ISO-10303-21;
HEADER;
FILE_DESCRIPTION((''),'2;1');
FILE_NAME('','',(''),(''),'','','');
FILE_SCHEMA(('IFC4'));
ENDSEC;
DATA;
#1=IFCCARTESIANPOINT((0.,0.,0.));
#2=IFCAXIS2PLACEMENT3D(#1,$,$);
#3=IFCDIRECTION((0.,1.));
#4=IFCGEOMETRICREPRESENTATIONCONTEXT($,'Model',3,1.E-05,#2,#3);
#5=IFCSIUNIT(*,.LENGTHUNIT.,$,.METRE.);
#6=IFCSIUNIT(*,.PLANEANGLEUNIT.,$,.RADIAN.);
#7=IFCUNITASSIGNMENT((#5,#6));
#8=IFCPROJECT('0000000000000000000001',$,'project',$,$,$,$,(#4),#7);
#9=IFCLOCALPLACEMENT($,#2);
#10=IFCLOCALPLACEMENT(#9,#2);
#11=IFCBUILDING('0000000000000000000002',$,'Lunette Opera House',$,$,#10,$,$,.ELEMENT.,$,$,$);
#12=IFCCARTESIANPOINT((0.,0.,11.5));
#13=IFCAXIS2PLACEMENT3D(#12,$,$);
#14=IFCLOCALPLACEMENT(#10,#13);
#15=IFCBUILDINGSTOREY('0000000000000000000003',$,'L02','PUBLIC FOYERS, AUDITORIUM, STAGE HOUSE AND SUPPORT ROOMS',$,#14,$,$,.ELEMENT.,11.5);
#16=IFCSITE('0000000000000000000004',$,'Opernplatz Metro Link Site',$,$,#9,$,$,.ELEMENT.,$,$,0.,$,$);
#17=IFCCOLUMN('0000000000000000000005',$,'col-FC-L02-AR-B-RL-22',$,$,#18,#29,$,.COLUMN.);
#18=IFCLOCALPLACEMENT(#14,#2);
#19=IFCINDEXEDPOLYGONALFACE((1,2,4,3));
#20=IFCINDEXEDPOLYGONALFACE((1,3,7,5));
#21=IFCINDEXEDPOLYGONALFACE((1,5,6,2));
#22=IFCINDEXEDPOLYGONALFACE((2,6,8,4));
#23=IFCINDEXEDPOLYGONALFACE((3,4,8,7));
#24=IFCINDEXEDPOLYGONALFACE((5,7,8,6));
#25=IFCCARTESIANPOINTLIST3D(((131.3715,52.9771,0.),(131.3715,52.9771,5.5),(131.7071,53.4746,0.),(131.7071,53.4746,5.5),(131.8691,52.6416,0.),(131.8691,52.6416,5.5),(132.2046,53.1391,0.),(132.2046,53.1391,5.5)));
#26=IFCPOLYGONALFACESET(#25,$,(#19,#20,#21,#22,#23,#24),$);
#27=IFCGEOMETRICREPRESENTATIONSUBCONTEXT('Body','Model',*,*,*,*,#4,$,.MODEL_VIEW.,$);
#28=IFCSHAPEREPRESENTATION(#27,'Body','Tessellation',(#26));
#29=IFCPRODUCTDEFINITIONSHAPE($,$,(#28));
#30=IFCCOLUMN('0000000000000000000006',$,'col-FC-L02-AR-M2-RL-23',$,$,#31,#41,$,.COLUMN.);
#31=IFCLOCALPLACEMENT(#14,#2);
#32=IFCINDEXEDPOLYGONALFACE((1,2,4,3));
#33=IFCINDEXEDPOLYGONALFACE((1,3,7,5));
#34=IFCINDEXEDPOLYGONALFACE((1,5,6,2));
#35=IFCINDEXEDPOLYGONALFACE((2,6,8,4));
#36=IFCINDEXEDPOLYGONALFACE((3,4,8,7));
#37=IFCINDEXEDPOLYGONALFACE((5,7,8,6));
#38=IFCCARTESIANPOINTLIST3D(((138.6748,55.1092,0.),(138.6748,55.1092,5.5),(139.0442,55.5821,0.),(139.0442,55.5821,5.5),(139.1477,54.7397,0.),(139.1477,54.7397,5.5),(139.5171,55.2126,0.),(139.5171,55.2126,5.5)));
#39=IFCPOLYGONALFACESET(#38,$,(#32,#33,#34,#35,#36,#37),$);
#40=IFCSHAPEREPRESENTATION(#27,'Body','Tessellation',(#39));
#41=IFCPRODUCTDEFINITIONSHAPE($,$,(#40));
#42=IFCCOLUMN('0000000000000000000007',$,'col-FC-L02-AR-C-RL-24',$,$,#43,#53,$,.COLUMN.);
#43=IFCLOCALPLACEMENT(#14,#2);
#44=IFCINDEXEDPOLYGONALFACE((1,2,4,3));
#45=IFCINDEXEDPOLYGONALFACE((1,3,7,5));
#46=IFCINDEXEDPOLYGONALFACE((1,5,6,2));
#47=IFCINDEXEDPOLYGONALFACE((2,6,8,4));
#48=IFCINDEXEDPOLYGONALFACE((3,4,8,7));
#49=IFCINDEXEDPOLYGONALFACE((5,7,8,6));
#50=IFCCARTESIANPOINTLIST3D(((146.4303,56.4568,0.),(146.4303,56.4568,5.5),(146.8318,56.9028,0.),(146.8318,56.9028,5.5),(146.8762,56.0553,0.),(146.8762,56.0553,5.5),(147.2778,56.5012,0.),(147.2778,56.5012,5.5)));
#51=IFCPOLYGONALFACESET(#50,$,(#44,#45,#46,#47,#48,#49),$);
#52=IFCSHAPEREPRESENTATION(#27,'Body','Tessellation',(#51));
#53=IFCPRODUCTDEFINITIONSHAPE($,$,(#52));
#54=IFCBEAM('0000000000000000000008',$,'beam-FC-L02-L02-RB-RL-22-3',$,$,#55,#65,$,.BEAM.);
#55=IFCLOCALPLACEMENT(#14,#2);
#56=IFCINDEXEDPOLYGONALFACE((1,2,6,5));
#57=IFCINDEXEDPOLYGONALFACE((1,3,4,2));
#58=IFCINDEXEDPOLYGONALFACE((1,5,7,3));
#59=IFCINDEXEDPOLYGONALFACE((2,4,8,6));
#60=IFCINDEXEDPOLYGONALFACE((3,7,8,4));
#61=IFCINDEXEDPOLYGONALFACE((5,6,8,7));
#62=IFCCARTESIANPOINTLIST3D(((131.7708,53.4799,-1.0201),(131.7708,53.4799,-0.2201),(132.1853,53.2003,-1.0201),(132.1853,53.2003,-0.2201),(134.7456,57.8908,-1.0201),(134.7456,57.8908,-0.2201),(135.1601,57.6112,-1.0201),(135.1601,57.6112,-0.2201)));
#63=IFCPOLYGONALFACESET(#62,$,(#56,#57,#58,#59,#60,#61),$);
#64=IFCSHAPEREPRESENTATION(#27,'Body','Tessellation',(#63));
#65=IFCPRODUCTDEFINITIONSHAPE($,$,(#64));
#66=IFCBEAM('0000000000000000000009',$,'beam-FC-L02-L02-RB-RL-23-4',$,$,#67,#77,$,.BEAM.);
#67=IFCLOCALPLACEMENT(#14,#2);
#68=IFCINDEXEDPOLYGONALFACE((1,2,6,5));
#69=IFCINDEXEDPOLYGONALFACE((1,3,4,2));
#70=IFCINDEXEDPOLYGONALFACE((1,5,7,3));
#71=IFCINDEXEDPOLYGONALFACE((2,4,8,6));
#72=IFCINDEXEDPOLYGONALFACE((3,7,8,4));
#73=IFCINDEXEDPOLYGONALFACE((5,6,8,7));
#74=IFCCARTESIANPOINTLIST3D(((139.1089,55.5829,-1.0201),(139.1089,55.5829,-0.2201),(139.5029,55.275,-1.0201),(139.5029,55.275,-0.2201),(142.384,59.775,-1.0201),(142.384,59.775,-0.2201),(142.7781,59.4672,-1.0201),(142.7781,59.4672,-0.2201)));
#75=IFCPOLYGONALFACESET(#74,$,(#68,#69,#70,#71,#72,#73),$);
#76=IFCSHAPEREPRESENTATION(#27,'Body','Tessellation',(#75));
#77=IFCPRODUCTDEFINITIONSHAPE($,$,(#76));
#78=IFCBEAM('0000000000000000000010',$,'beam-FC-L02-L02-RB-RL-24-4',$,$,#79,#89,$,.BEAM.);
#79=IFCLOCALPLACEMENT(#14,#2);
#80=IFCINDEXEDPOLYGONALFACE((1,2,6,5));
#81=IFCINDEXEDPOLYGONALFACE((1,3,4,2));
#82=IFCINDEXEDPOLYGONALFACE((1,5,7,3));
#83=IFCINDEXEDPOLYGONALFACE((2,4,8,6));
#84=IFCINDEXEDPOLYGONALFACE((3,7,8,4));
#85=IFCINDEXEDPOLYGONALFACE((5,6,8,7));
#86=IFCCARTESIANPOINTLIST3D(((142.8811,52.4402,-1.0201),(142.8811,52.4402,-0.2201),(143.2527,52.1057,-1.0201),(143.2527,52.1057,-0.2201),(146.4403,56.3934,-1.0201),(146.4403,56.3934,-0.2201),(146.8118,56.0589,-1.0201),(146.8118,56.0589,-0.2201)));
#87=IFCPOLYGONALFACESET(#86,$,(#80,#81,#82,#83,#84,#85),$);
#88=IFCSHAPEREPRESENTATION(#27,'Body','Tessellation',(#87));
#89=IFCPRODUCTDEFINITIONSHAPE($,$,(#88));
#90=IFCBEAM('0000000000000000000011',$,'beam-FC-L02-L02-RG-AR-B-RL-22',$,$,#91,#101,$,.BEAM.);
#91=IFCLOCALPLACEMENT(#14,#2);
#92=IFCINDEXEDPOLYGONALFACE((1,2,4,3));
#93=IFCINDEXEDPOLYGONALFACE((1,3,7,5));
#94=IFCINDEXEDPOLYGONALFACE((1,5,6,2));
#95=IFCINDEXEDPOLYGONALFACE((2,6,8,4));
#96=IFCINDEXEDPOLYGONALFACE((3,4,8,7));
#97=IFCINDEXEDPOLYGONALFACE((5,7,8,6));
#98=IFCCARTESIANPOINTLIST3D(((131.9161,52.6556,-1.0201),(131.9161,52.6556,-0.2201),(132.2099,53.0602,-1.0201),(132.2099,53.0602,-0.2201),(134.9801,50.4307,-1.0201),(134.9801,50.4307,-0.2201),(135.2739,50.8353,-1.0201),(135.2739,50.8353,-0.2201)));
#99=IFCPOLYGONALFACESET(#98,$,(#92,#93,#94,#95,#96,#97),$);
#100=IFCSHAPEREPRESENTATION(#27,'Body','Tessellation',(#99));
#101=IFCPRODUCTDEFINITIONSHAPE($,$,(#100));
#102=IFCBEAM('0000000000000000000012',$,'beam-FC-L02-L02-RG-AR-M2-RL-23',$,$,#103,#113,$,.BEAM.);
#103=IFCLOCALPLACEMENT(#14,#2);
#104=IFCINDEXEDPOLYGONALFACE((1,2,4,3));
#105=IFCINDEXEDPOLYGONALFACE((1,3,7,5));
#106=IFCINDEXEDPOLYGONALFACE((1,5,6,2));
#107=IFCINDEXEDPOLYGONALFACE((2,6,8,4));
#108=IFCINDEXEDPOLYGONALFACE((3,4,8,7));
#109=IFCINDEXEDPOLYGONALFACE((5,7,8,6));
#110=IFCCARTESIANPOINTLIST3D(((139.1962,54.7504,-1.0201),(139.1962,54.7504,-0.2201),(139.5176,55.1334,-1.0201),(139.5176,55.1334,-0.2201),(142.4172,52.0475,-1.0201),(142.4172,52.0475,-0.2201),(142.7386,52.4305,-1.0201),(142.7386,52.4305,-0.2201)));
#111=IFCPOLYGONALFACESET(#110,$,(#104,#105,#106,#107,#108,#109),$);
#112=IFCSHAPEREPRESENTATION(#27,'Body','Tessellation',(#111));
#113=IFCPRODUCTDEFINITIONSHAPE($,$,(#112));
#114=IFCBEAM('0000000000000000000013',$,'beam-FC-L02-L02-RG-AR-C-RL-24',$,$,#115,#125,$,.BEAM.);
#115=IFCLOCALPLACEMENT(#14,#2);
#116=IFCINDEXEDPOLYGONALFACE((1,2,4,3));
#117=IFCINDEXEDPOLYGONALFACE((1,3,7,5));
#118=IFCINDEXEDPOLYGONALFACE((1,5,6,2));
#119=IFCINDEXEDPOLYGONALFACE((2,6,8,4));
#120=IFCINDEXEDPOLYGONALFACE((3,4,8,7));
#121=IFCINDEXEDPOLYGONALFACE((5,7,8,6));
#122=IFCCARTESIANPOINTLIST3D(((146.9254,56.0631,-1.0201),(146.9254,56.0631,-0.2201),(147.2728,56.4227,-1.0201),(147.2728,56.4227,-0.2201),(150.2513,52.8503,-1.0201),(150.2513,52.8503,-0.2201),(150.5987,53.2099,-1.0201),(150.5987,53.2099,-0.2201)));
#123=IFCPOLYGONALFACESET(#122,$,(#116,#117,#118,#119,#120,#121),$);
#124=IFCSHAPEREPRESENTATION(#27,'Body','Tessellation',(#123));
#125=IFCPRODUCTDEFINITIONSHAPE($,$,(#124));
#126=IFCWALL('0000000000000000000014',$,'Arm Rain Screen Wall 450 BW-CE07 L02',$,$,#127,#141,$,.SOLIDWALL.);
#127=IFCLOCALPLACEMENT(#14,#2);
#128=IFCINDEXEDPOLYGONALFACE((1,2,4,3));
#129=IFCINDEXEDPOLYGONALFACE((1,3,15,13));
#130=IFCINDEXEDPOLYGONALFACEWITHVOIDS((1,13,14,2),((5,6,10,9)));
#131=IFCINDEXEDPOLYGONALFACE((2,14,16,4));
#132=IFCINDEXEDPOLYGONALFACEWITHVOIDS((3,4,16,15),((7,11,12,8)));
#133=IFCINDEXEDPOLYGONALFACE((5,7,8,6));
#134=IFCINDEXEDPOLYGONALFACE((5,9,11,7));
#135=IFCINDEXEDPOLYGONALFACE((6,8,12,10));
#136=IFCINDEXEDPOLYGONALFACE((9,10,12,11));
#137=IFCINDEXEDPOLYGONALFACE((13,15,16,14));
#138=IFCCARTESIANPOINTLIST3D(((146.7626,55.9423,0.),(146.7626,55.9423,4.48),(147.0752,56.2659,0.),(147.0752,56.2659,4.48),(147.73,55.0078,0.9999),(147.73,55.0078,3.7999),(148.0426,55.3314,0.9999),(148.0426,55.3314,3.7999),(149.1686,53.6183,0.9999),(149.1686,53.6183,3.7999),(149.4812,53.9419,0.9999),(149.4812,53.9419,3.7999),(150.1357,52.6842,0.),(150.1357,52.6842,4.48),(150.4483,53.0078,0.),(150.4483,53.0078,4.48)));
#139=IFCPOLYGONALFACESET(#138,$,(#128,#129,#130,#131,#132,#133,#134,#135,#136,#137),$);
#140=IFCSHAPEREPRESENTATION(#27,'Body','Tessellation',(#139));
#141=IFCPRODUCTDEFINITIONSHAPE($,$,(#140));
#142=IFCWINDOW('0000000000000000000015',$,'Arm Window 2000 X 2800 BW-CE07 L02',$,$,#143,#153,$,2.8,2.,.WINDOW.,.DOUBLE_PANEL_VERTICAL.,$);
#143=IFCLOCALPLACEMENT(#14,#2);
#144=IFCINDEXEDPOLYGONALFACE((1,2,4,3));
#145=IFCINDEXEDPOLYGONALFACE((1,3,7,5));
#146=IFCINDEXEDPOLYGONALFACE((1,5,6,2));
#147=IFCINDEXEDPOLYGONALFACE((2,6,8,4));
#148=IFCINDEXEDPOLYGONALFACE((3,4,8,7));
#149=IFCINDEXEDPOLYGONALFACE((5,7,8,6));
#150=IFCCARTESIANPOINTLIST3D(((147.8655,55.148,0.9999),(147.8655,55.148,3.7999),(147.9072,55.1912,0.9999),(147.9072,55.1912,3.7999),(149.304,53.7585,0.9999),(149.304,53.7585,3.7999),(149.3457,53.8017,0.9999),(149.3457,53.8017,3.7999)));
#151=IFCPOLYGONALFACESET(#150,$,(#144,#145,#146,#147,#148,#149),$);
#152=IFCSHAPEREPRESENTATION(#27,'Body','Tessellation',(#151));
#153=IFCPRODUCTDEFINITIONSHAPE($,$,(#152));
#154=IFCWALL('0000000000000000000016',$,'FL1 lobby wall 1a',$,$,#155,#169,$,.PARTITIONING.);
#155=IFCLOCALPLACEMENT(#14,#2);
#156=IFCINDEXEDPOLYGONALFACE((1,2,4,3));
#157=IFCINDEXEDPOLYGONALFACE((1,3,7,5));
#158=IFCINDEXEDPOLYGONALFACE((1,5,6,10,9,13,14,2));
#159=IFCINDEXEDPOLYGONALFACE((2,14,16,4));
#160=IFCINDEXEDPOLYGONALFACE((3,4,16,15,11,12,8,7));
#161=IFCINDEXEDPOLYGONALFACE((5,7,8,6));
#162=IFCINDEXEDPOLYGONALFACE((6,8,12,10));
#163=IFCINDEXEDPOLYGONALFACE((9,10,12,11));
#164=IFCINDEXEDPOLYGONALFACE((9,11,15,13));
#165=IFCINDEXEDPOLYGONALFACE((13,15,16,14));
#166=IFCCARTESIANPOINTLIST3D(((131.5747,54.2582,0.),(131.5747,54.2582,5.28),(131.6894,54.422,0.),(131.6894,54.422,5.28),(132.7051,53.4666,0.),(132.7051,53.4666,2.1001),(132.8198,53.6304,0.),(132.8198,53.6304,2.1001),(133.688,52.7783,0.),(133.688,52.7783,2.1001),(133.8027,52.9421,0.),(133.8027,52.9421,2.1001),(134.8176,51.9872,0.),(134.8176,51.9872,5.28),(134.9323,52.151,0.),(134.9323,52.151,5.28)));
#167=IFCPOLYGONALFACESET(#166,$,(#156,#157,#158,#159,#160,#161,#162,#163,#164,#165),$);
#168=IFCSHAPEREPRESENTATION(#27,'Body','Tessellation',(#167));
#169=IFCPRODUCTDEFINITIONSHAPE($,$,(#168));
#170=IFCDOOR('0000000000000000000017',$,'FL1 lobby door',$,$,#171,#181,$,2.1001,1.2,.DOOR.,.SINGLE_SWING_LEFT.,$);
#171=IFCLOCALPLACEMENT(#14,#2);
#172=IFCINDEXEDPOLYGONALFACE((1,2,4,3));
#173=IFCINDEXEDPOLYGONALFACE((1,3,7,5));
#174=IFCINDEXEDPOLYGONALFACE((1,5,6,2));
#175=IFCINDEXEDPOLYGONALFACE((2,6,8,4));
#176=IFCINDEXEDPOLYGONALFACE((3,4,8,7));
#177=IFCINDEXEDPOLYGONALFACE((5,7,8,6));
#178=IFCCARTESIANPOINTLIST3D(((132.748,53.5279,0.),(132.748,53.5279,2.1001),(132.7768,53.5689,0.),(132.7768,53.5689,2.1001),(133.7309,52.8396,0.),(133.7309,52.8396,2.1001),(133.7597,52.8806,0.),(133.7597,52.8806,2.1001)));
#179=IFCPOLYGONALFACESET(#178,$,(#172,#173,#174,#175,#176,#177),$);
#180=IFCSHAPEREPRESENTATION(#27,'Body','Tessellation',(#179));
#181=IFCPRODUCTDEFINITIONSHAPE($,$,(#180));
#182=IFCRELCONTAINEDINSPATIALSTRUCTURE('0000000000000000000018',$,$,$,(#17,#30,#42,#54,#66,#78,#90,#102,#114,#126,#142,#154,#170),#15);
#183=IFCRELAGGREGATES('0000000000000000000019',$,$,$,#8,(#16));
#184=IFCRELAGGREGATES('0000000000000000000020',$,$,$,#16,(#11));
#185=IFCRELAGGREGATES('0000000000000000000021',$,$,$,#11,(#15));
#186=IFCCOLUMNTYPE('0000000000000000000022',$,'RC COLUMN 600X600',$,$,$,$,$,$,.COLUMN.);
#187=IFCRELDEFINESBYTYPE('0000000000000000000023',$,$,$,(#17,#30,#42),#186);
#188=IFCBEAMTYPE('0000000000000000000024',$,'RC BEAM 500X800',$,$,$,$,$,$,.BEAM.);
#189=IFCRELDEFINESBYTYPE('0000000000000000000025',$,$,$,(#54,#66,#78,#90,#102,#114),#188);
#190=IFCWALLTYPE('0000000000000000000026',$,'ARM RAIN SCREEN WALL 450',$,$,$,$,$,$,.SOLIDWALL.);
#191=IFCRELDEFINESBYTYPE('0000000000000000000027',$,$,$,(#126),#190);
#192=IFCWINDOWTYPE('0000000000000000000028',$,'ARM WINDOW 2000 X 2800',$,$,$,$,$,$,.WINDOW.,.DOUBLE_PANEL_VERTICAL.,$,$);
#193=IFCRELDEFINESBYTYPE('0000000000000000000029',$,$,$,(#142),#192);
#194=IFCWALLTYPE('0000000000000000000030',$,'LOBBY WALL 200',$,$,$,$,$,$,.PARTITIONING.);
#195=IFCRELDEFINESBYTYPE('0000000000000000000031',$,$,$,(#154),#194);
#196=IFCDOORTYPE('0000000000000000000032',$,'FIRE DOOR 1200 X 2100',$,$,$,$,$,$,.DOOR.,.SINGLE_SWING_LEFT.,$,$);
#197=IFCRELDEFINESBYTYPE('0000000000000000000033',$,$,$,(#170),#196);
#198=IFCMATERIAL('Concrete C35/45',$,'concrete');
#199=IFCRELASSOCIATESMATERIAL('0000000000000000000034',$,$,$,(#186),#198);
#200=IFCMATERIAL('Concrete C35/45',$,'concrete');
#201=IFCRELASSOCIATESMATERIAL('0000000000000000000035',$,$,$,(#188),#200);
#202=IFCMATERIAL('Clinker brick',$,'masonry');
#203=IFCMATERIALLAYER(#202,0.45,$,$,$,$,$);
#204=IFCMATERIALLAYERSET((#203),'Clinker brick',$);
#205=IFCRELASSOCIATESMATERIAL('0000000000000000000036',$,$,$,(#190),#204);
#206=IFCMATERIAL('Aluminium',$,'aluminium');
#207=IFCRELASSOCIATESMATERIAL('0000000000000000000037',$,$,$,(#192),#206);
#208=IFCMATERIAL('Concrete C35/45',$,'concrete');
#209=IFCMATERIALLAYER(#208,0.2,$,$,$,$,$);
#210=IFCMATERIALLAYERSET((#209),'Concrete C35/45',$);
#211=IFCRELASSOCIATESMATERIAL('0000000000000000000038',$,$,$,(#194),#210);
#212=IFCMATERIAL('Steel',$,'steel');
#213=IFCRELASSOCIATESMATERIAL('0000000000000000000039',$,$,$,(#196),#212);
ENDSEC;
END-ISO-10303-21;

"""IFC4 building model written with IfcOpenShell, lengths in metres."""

from ifc_helpers import new_model, si_unit, direction, frame, frame_2d, origin, origin_2d, place, context, subcontext, project, spatial, rectangle, extrude, material, layer, layer_set, material_profile, profile_set, type_object, element, fill, save


model = new_model("IFC4")

# Units and contexts
model_context = context("Model", 3, precision=1e-05, world=origin(), true_north=direction((0.0, 1.0)))
body_context = subcontext(model_context, "Body", "Model", "MODEL_VIEW")
ifc_project = project(units=[si_unit("LENGTHUNIT", "METRE"), si_unit("PLANEANGLEUNIT", "RADIAN")], contexts=[model_context])

# Site, building, storey
site_placement = place(None, origin())
site = spatial("IfcSite", under=ifc_project, at=site_placement, Name="Opernplatz Metro Link Site", CompositionType="ELEMENT", RefElevation=0.0)
building_placement = place(site_placement, origin())
building = spatial("IfcBuilding", under=site, at=building_placement, Name="Lunette Opera House", CompositionType="ELEMENT")
storey_placement = place(building_placement, frame((0.0, 0.0, 11.5)))
storey = spatial("IfcBuildingStorey", under=building, at=storey_placement, Name="L02", Description="PUBLIC FOYERS, AUDITORIUM, STAGE HOUSE AND SUPPORT ROOMS", CompositionType="ELEMENT", Elevation=11.5)

# Columns
ifc_material_1 = material(Name="Concrete C35/45", Category="concrete")
ifc_material_profile_1 = material_profile(ifc_material_1, rectangle(XDim=0.6001, YDim=0.6001, at=origin_2d()), Name="RC COLUMN 600X600")
ifc_profile_set_1 = profile_set([ifc_material_profile_1], Name="Concrete C35/45")
column_type = type_object("IfcColumnType", Name="RC COLUMN 600X600", PredefinedType="COLUMN", material=ifc_profile_set_1)
for number, where, z_axis, x_axis, name in (
    (1, (131.7881, 53.0581, 0.0), (0.0, 0.0, 1.0), (0.829038, -0.559193, 0.0), "col-FC-L02-AR-B-RL-22"),
    (2, (139.0959, 55.1609, 0.0), (0.0, 0.0, 1.0), (0.788011, -0.615661, 0.0), "col-FC-L02-AR-M2-RL-23"),
    (3, (146.854, 56.479, 0.0), (0.0, 0.0, 1.0), (0.743145, -0.669131, 0.0), "col-FC-L02-AR-C-RL-24"),
):
    element("IfcColumn", number, at=place(storey_placement, frame(where, z_axis=z_axis, x_axis=x_axis)), inside=storey, type_object=column_type, Name=name, PredefinedType="COLUMN", context=body_context, shape_type="SweptSolid", body=[
        extrude(rectangle(XDim=0.6001, YDim=0.6001, at=origin_2d()), origin(), (0.0, 0.0, 1.0), 5.5),
    ])

# Beams
ifc_material_2 = material(Name="Concrete C35/45", Category="concrete")
ifc_material_profile_2 = material_profile(ifc_material_2, rectangle(XDim=0.5, YDim=0.8, at=origin_2d()), Name="RC BEAM 500X800")
ifc_profile_set_2 = profile_set([ifc_material_profile_2], Name="Concrete C35/45")
beam_type = type_object("IfcBeamType", Name="RC BEAM 500X800", PredefinedType="BEAM", material=ifc_profile_set_2)
beam_1_placement = place(storey_placement, frame((131.978, 53.3401, -0.6201), z_axis=(0.55915, 0.829066, 0.0), x_axis=(-0.829066, 0.55915, 0.0)))
element("IfcBeam", 4, at=beam_1_placement, inside=storey, type_object=beam_type, Name="beam-FC-L02-L02-RB-RL-22-3", PredefinedType="BEAM", context=body_context, shape_type="SweptSolid", body=[
    extrude(rectangle(XDim=0.5, YDim=0.8, at=origin_2d()), origin(), (0.0, 0.0, 1.0), 5.3203),
])
beam_2_placement = place(storey_placement, frame((139.3059, 55.429, -0.6201), z_axis=(0.615648, 0.788021, 0.0), x_axis=(-0.788021, 0.615648, 0.0)))
element("IfcBeam", 5, at=beam_2_placement, inside=storey, type_object=beam_type, Name="beam-FC-L02-L02-RB-RL-23-4", PredefinedType="BEAM", context=body_context, shape_type="SweptSolid", body=[
    extrude(rectangle(XDim=0.5, YDim=0.8, at=origin_2d()), origin(), (0.0, 0.0, 1.0), 5.3198),
])
beam_3_placement = place(storey_placement, frame((143.0669, 52.2729, -0.6201), z_axis=(0.669097, 0.743175, 0.0), x_axis=(-0.743175, 0.669097, 0.0)))
element("IfcBeam", 6, at=beam_3_placement, inside=storey, type_object=beam_type, Name="beam-FC-L02-L02-RB-RL-24-4", PredefinedType="BEAM", context=body_context, shape_type="SweptSolid", body=[
    extrude(rectangle(XDim=0.5, YDim=0.8, at=origin_2d()), origin(), (0.0, 0.0, 1.0), 5.3193),
])
beam_4_placement = place(storey_placement, frame((132.063, 52.8579, -0.6201), z_axis=(0.809174, -0.58757, 0.0), x_axis=(0.58757, 0.809174, 0.0)))
element("IfcBeam", 7, at=beam_4_placement, inside=storey, type_object=beam_type, Name="beam-FC-L02-L02-RG-AR-B-RL-22", PredefinedType="BEAM", context=body_context, shape_type="SweptSolid", body=[
    extrude(rectangle(XDim=0.5, YDim=0.8, at=origin_2d()), origin(), (0.0, 0.0, 1.0), 3.7866),
])
beam_5_placement = place(storey_placement, frame((139.3569, 54.9419, -0.6201), z_axis=(0.766023, -0.642813, 0.0), x_axis=(0.642813, 0.766023, 0.0)))
element("IfcBeam", 8, at=beam_5_placement, inside=storey, type_object=beam_type, Name="beam-FC-L02-L02-RG-AR-M2-RL-23", PredefinedType="BEAM", context=body_context, shape_type="SweptSolid", body=[
    extrude(rectangle(XDim=0.5, YDim=0.8, at=origin_2d()), origin(), (0.0, 0.0, 1.0), 4.2048),
])
beam_6_placement = place(storey_placement, frame((147.0991, 56.2429, -0.6201), z_axis=(0.719223, -0.694779, 0.0), x_axis=(0.694779, 0.719223, 0.0)))
element("IfcBeam", 9, at=beam_6_placement, inside=storey, type_object=beam_type, Name="beam-FC-L02-L02-RG-AR-C-RL-24", PredefinedType="BEAM", context=body_context, shape_type="SweptSolid", body=[
    extrude(rectangle(XDim=0.5, YDim=0.8, at=origin_2d()), origin(), (0.0, 0.0, 1.0), 4.6243),
])

# Wall, opening, window
ifc_material_3 = material(Name="Clinker brick", Category="masonry")
ifc_layer_1 = layer(ifc_material_3, 0.45)
ifc_layer_set_1 = layer_set([ifc_layer_1], Name="Clinker brick")
wall_type_1 = type_object("IfcWallType", Name="ARM RAIN SCREEN WALL 450", PredefinedType="SOLIDWALL", material=ifc_layer_set_1)
wall_1_placement = place(storey_placement, frame((146.9189, 56.104, 0.0), z_axis=(0.0, 0.0, 1.0), x_axis=(0.719261, -0.69474, 0.0)))
wall_1 = element("IfcWall", 10, at=wall_1_placement, inside=storey, type_object=wall_type_1, Name="Arm Rain Screen Wall 450 BW-CE07 L02", PredefinedType="SOLIDWALL", context=body_context, shape_type="SweptSolid", body=[
    extrude(rectangle(XDim=4.6897, YDim=0.45, at=frame_2d((2.3447, 0.0))), origin(), (0.0, 0.0, 1.0), 4.48),
])
opening_1_placement = place(wall_1_placement, frame((1.345, 0.0, 1.0)))
opening_1 = element("IfcOpeningElement", 11, at=opening_1_placement, cuts=wall_1, PredefinedType="OPENING", context=body_context, shape_type="SweptSolid", body=[
    extrude(rectangle(XDim=2.0, YDim=2.8, at=frame_2d((1.0, 1.3999))), frame((0.0, 0.2371, 0.0), z_axis=(0.0, -1.0, 0.0), x_axis=(1.0, 0.0, 0.0)), (0.0, 0.0, 1.0), 0.4739),
])
ifc_material_4 = material(Name="Aluminium", Category="aluminium")
window_type = type_object("IfcWindowType", Name="ARM WINDOW 2000 X 2800", PartitioningType="DOUBLE_PANEL_VERTICAL", PredefinedType="WINDOW", material=ifc_material_4)
window_placement = place(opening_1_placement, origin())
window = element("IfcWindow", 12, at=window_placement, inside=storey, type_object=window_type, Name="Arm Window 2000 X 2800 BW-CE07 L02", OverallHeight=2.8, OverallWidth=2.0, PartitioningType="DOUBLE_PANEL_VERTICAL", PredefinedType="WINDOW", context=body_context, shape_type="SweptSolid", body=[
    extrude(rectangle(XDim=2.0, YDim=2.8, at=frame_2d((1.0, 1.3999))), frame((0.0, 0.03, 0.0), z_axis=(0.0, -1.0, 0.0), x_axis=(1.0, 0.0, 0.0)), (0.0, 0.0, 1.0), 0.0601),
])
fill(opening_1, window)

# Wall, opening, door
ifc_material_5 = material(Name="Concrete C35/45", Category="concrete")
ifc_layer_2 = layer(ifc_material_5, 0.2)
ifc_layer_set_2 = layer_set([ifc_layer_2], Name="Concrete C35/45")
wall_type_2 = type_object("IfcWallType", Name="LOBBY WALL 200", PredefinedType="PARTITIONING", material=ifc_layer_set_2)
wall_2_placement = place(storey_placement, frame((131.6321, 54.3401, 0.0), z_axis=(0.0, 0.0, 1.0), x_axis=(0.819119, -0.573624, 0.0)))
wall_2 = element("IfcWall", 13, at=wall_2_placement, inside=storey, type_object=wall_type_2, Name="FL1 lobby wall 1a", PredefinedType="PARTITIONING", context=body_context, shape_type="SweptSolid", body=[
    extrude(rectangle(XDim=3.959, YDim=0.2, at=frame_2d((1.9795, 0.0))), origin(), (0.0, 0.0, 1.0), 5.28),
])
opening_2_placement = place(wall_2_placement, frame((1.3799, 0.0, 0.0)))
opening_2 = element("IfcOpeningElement", 14, at=opening_2_placement, cuts=wall_2, PredefinedType="OPENING", context=body_context, shape_type="SweptSolid", body=[
    extrude(rectangle(XDim=1.2, YDim=2.1001, at=frame_2d((0.6001, 1.05))), frame((0.0, 0.1121, 0.0), z_axis=(0.0, -1.0, 0.0), x_axis=(1.0, 0.0, 0.0)), (0.0, 0.0, 1.0), 0.2239),
])
ifc_material_6 = material(Name="Steel", Category="steel")
door_type_1 = type_object("IfcDoorType", Name="FIRE DOOR 1200 X 2100", OperationType="SINGLE_SWING_LEFT", PredefinedType="DOOR", material=ifc_material_6)
door_1_placement = place(opening_2_placement, origin())
door_1 = element("IfcDoor", 15, at=door_1_placement, inside=storey, type_object=door_type_1, Name="FL1 lobby door", OperationType="SINGLE_SWING_LEFT", OverallHeight=2.1001, OverallWidth=1.2, PredefinedType="DOOR", context=body_context, shape_type="SweptSolid", body=[
    extrude(rectangle(XDim=1.2, YDim=2.1001, at=frame_2d((0.6001, 1.05))), frame((0.0, 0.0249, 0.0), z_axis=(0.0, -1.0, 0.0), x_axis=(1.0, 0.0, 0.0)), (0.0, 0.0, 1.0), 0.05),
])
fill(opening_2, door_1)

save(model, "model.ifc")
